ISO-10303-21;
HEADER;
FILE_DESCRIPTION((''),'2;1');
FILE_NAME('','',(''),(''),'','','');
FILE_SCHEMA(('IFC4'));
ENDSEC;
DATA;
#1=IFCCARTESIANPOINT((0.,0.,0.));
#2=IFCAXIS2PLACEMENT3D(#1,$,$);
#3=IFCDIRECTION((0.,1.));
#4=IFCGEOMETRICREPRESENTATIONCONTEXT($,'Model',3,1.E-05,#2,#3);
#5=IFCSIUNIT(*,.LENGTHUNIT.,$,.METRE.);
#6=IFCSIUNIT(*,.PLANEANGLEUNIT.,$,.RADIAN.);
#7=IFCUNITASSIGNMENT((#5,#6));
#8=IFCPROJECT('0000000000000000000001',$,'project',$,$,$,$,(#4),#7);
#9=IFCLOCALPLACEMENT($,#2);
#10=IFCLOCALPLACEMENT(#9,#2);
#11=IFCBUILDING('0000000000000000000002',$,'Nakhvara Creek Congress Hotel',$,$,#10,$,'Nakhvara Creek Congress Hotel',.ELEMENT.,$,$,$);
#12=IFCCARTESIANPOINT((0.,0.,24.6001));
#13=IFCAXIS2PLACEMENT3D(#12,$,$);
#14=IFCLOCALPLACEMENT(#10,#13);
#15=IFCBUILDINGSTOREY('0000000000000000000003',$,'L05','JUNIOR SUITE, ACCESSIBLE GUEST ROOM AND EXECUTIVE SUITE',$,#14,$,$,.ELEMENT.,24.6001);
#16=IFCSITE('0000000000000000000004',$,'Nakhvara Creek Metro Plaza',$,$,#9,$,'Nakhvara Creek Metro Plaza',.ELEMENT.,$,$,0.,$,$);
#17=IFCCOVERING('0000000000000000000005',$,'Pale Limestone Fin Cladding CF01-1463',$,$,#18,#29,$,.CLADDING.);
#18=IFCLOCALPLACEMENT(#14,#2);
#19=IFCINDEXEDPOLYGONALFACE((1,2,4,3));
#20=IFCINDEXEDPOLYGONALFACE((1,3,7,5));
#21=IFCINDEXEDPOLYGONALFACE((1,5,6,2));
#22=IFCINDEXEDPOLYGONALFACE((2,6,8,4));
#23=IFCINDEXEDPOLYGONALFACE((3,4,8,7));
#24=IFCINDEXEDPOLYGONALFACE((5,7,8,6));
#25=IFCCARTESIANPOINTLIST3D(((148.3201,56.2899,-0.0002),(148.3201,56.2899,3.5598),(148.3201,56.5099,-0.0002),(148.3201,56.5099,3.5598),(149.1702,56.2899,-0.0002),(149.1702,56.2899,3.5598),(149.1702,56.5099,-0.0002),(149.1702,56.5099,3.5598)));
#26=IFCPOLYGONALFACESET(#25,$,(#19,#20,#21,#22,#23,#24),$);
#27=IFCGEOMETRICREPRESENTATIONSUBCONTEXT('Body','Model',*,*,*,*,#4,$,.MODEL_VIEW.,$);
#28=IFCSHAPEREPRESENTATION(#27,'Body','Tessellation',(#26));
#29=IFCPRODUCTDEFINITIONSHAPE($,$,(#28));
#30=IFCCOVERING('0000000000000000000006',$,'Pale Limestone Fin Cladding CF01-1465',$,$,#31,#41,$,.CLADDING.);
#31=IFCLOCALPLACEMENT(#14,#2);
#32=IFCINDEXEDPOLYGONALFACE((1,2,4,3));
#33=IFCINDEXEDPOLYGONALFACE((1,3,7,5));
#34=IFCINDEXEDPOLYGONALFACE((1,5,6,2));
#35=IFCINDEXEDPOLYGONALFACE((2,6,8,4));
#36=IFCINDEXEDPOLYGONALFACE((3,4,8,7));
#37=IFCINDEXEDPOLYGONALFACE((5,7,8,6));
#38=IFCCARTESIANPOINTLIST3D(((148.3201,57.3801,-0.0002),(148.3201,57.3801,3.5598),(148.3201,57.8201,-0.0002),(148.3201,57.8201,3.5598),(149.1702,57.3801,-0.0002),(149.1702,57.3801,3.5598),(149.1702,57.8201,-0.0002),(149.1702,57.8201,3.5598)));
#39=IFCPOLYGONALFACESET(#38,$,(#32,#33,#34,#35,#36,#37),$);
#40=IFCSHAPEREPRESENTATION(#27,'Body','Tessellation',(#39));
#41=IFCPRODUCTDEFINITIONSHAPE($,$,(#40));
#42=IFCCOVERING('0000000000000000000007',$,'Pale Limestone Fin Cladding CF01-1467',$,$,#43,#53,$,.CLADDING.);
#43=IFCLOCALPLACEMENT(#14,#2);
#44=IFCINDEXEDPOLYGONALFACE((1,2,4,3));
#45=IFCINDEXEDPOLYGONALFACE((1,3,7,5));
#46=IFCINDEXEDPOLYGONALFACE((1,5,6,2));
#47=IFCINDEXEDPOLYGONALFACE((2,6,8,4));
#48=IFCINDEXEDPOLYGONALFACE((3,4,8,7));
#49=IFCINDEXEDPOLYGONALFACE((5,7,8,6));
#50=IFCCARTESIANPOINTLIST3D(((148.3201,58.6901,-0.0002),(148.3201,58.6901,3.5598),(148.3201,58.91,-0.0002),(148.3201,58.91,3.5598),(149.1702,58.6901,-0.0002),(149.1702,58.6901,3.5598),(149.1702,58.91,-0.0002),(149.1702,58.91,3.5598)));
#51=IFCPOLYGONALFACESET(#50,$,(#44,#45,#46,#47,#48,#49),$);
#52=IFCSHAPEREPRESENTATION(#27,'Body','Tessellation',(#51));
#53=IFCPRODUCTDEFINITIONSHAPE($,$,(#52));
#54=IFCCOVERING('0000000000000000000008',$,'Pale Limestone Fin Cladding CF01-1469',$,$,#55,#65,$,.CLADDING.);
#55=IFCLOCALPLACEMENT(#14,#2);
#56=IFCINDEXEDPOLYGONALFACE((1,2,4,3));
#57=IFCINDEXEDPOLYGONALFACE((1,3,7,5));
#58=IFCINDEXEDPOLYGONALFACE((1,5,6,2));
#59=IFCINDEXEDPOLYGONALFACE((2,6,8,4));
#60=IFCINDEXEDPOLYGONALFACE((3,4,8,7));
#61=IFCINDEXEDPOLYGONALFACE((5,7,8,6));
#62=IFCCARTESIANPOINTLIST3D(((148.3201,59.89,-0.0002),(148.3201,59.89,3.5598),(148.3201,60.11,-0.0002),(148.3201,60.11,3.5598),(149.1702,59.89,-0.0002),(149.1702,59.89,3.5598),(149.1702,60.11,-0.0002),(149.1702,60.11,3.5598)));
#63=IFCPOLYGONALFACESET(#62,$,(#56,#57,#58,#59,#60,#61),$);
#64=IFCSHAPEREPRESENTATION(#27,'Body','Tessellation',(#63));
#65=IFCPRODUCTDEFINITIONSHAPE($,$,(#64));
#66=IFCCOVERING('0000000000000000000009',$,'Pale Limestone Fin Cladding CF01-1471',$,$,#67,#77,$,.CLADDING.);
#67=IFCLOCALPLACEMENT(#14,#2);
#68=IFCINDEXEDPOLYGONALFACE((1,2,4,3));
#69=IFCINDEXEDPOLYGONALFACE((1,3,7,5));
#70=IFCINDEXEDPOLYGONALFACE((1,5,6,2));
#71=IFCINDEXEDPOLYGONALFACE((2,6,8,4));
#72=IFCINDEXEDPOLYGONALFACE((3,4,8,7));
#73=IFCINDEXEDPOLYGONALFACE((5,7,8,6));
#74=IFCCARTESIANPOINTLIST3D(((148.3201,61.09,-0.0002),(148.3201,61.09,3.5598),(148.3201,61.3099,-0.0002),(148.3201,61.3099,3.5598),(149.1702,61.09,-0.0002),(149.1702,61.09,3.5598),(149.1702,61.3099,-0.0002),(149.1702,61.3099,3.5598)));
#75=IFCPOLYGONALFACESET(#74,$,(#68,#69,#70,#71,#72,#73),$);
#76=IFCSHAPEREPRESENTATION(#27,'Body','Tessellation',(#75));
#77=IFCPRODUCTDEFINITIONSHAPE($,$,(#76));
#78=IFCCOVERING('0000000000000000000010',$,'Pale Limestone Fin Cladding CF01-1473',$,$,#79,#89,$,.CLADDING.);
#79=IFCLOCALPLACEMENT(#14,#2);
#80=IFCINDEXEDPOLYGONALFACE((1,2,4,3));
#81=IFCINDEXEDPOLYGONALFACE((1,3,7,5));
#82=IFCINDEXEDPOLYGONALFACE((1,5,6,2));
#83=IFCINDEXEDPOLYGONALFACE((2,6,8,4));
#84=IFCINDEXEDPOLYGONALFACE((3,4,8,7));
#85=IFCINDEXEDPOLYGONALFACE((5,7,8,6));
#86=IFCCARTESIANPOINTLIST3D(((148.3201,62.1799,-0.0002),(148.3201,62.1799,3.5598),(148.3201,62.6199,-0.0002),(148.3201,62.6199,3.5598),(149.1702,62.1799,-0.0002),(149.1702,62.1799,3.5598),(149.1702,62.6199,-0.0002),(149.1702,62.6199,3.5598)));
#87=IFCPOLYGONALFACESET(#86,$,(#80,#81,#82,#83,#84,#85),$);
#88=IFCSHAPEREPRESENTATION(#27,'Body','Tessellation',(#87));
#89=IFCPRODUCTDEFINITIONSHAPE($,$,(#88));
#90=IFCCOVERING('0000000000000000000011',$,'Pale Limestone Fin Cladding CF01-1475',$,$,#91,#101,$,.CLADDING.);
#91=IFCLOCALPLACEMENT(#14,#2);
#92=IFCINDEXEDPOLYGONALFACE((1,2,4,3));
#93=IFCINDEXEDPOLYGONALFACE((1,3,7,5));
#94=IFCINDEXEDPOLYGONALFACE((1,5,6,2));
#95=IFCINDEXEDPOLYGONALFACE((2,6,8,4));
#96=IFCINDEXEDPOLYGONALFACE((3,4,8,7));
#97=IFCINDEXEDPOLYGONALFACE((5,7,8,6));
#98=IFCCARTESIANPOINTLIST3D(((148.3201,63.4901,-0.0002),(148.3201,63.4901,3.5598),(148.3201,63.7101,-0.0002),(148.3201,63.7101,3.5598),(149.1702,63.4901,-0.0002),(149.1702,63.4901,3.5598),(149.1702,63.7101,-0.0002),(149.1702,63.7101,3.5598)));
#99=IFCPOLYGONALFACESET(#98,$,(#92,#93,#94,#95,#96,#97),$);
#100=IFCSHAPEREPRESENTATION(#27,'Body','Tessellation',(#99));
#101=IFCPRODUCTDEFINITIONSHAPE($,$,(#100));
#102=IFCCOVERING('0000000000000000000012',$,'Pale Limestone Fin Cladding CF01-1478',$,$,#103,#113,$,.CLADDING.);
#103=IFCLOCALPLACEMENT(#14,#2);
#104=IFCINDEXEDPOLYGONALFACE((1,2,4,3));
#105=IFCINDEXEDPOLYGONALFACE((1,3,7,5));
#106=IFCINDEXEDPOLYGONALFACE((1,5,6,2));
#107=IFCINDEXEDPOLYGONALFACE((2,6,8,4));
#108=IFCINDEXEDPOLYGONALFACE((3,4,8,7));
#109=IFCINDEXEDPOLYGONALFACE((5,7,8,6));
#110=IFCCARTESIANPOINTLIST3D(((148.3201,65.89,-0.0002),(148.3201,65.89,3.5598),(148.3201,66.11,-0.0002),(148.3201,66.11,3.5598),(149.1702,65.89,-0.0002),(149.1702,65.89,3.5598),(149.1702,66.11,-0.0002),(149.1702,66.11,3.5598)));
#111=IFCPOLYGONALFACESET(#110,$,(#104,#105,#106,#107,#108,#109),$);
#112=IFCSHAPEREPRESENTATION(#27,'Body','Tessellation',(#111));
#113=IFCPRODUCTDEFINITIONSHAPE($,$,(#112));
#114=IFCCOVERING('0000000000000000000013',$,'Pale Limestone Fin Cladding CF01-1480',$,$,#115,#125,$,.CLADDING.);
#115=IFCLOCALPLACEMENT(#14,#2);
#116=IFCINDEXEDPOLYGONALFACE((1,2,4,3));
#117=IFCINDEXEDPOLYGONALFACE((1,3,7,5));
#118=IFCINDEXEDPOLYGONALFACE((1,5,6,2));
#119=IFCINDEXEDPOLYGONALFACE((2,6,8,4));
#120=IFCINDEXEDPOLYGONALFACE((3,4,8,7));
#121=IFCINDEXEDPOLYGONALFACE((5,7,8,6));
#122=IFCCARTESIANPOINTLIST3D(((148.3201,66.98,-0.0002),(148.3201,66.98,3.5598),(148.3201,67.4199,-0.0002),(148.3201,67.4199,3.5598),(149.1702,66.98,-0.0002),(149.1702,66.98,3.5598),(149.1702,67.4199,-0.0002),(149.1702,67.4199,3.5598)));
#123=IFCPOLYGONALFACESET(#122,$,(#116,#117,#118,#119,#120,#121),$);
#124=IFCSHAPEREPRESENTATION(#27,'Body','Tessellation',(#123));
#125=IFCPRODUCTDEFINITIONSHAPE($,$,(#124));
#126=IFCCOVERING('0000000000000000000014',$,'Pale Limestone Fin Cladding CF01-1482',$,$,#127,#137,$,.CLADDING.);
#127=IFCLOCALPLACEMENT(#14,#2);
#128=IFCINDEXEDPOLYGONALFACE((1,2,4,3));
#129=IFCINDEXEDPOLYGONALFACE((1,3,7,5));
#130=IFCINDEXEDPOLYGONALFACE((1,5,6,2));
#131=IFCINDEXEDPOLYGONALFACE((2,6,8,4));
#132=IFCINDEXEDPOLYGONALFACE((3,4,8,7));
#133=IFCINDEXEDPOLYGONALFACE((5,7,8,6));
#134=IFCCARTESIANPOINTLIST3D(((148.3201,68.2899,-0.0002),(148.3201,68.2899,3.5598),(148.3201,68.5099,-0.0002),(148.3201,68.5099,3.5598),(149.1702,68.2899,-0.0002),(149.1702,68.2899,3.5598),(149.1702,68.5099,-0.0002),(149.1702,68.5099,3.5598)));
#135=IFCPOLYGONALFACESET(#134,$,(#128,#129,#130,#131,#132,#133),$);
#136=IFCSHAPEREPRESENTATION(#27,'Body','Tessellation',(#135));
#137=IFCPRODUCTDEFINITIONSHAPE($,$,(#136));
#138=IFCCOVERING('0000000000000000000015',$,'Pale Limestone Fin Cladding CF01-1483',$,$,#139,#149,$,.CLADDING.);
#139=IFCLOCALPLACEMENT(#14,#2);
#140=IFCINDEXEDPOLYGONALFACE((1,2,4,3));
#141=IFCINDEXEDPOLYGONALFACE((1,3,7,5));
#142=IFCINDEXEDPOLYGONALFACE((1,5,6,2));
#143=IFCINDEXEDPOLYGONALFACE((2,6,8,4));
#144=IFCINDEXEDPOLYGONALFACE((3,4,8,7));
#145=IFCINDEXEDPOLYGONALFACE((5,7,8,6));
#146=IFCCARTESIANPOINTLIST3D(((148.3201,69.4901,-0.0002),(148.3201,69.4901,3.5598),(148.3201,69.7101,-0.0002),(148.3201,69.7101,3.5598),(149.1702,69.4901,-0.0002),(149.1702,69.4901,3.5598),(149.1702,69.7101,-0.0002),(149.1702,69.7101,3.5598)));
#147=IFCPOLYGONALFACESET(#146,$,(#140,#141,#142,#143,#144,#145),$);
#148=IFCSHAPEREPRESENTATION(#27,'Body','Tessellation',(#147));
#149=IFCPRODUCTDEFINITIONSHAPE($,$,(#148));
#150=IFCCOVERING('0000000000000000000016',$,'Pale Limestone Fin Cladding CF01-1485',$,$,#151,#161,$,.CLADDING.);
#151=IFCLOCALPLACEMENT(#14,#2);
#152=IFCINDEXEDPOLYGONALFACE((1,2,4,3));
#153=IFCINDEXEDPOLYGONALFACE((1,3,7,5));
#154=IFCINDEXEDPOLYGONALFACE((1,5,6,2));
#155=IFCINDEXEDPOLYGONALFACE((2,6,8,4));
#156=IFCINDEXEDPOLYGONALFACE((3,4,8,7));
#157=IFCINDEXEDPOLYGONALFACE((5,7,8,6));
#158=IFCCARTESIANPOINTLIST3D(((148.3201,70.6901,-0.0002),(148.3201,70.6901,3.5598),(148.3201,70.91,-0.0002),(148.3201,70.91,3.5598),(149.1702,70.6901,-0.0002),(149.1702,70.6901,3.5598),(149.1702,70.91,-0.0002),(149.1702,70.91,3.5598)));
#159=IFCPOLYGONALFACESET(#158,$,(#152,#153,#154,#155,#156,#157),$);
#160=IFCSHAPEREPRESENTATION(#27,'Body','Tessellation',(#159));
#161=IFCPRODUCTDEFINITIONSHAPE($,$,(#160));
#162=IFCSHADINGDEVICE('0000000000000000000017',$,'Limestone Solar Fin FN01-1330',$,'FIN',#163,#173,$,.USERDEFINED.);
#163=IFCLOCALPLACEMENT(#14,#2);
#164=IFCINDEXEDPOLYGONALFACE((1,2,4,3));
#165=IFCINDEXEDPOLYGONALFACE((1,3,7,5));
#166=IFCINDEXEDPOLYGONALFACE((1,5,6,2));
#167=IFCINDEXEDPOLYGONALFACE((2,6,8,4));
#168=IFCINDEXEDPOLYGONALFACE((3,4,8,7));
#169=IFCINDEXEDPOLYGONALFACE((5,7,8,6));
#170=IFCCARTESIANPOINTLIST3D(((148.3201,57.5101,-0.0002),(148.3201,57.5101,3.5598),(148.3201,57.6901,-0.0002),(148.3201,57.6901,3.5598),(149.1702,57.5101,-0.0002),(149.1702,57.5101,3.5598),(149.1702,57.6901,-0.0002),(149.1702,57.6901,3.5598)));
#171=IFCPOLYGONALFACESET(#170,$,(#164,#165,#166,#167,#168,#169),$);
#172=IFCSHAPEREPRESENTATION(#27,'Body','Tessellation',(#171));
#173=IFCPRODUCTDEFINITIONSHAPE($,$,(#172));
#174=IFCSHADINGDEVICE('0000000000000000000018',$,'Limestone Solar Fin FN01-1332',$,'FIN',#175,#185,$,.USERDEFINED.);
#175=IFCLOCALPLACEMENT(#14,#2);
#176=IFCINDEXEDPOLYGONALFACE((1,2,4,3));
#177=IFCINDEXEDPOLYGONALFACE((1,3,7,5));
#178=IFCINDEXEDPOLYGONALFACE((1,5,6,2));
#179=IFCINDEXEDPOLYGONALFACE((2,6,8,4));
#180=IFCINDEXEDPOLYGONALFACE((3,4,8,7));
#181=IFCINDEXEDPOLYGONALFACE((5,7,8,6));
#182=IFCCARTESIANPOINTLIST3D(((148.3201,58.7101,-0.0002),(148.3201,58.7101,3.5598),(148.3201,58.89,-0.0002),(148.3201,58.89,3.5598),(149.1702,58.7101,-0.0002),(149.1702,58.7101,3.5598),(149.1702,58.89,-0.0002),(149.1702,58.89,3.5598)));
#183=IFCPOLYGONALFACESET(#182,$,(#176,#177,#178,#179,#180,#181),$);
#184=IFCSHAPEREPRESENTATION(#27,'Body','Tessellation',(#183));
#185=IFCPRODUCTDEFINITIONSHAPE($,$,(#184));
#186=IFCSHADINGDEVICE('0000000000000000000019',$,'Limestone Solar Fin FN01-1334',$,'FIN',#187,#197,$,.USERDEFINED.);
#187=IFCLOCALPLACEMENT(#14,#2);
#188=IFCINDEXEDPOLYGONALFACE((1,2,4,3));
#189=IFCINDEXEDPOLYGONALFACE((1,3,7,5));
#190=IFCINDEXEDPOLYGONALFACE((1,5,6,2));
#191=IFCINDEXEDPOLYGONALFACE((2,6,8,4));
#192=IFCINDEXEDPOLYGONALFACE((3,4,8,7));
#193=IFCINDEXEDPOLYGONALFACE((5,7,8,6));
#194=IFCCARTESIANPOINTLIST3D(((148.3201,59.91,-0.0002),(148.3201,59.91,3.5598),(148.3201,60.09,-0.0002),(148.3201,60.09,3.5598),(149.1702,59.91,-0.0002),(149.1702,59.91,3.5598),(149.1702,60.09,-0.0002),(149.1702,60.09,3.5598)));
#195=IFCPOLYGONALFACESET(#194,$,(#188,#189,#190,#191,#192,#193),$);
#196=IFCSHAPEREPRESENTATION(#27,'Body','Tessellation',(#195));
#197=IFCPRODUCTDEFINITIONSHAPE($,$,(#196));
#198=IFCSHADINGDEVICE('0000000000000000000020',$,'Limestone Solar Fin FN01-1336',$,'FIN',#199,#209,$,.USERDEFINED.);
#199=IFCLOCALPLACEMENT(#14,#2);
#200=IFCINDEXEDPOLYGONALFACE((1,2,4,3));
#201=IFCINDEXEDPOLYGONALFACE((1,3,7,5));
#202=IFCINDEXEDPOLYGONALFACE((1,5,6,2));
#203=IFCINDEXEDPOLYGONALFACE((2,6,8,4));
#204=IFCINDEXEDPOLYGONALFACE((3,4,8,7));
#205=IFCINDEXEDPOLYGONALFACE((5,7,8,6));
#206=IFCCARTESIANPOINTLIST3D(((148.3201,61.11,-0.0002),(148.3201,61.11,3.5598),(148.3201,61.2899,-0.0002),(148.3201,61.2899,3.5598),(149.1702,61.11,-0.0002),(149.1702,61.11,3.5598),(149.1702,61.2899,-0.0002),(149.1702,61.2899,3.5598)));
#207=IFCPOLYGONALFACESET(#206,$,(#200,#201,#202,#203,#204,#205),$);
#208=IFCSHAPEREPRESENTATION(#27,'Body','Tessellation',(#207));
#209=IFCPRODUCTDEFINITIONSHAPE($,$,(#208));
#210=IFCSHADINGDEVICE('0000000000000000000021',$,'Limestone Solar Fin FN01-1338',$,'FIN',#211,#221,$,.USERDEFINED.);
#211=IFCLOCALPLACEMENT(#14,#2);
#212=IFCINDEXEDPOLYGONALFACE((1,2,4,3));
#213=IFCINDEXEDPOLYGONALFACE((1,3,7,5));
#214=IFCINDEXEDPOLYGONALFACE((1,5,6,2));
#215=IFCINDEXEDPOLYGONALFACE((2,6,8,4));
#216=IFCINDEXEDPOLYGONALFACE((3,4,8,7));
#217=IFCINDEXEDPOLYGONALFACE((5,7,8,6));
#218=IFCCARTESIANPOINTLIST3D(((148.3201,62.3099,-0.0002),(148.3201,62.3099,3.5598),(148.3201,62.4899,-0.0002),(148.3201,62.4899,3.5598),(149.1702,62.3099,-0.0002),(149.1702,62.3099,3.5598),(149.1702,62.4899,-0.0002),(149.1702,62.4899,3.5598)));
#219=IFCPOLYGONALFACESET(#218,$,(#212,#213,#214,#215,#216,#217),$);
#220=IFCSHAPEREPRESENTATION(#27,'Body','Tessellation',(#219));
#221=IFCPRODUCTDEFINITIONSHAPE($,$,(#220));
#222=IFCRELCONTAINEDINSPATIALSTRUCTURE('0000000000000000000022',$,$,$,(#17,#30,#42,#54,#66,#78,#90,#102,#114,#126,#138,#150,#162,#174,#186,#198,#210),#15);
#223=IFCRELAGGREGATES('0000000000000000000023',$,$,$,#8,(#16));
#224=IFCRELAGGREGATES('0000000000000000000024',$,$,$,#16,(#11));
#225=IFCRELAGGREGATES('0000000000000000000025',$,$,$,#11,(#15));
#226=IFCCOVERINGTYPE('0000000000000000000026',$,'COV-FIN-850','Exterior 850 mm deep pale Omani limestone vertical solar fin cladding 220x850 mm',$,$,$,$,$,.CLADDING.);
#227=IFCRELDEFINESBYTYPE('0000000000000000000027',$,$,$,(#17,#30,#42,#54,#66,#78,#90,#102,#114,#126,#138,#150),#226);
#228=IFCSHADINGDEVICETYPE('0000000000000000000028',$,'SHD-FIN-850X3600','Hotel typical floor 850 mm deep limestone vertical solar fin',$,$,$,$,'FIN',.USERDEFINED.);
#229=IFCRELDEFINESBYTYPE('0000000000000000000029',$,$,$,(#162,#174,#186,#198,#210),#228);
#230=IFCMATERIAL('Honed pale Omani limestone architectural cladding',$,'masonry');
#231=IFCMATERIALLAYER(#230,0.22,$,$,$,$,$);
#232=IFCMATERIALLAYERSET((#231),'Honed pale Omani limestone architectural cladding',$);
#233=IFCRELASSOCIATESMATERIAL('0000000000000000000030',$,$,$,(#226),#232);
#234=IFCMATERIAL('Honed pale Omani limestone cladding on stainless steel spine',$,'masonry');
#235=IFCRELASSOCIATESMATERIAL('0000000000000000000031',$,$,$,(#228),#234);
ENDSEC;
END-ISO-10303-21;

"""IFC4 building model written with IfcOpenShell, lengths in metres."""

from ifc_helpers import new_model, si_unit, direction, frame, origin, origin_2d, place, context, subcontext, project, spatial, rectangle, extrude, material, layer, layer_set, type_object, element, save


model = new_model("IFC4")

# Units and contexts
model_context = context("Model", 3, precision=1e-05, world=origin(), true_north=direction((0.0, 1.0)))
body_context = subcontext(model_context, "Body", "Model", "MODEL_VIEW")
ifc_project = project(units=[si_unit("LENGTHUNIT", "METRE"), si_unit("PLANEANGLEUNIT", "RADIAN")], contexts=[model_context])

# Site, building, storey
site_placement = place(None, origin())
site = spatial("IfcSite", under=ifc_project, at=site_placement, Name="Nakhvara Creek Metro Plaza", LongName="Nakhvara Creek Metro Plaza", CompositionType="ELEMENT", RefElevation=0.0)
building_placement = place(site_placement, origin())
building = spatial("IfcBuilding", under=site, at=building_placement, Name="Nakhvara Creek Congress Hotel", LongName="Nakhvara Creek Congress Hotel", CompositionType="ELEMENT")
storey_placement = place(building_placement, frame((0.0, 0.0, 24.6001)))
storey = spatial("IfcBuildingStorey", under=building, at=storey_placement, Name="L05", Description="JUNIOR SUITE, ACCESSIBLE GUEST ROOM AND EXECUTIVE SUITE", CompositionType="ELEMENT", Elevation=24.6001)

# Coverings
ifc_material_1 = material(Name="Honed pale Omani limestone architectural cladding", Category="masonry")
ifc_layer = layer(ifc_material_1, 0.22)
ifc_layer_set = layer_set([ifc_layer], Name="Honed pale Omani limestone architectural cladding")
covering_type = type_object("IfcCoveringType", Name="COV-FIN-850", Description="Exterior 850 mm deep pale Omani limestone vertical solar fin cladding 220x850 mm", PredefinedType="CLADDING", material=ifc_layer_set)
covering_1_placement = place(storey_placement, frame((148.7451, 56.3999, -0.0002), z_axis=(0.0, 0.0, 1.0), x_axis=(0.0, 1.0, 0.0)))
element("IfcCovering", 1, at=covering_1_placement, inside=storey, type_object=covering_type, Name="Pale Limestone Fin Cladding CF01-1463", PredefinedType="CLADDING", context=body_context, shape_type="SweptSolid", body=[
    extrude(rectangle(XDim=0.22, YDim=0.8501, at=origin_2d()), origin(), (0.0, 0.0, 1.0), 3.5601),
])
covering_2_placement = place(storey_placement, frame((148.7451, 57.6001, -0.0002), z_axis=(0.0, 0.0, 1.0), x_axis=(0.0, 1.0, 0.0)))
element("IfcCovering", 2, at=covering_2_placement, inside=storey, type_object=covering_type, Name="Pale Limestone Fin Cladding CF01-1465", PredefinedType="CLADDING", context=body_context, shape_type="SweptSolid", body=[
    extrude(rectangle(XDim=0.4399, YDim=0.8501, at=origin_2d()), origin(), (0.0, 0.0, 1.0), 3.5601),
])
for number, where, z_axis, x_axis, name in (
    (3, (148.7451, 58.8, -0.0002), (0.0, 0.0, 1.0), (0.0, 1.0, 0.0), "Pale Limestone Fin Cladding CF01-1467"),
    (4, (148.7451, 60.0, -0.0002), (0.0, 0.0, 1.0), (0.0, 1.0, 0.0), "Pale Limestone Fin Cladding CF01-1469"),
    (5, (148.7451, 61.2, -0.0002), (0.0, 0.0, 1.0), (0.0, 1.0, 0.0), "Pale Limestone Fin Cladding CF01-1471"),
):
    element("IfcCovering", number, at=place(storey_placement, frame(where, z_axis=z_axis, x_axis=x_axis)), inside=storey, type_object=covering_type, Name=name, PredefinedType="CLADDING", context=body_context, shape_type="SweptSolid", body=[
        extrude(rectangle(XDim=0.22, YDim=0.8501, at=origin_2d()), origin(), (0.0, 0.0, 1.0), 3.5601),
    ])
covering_3_placement = place(storey_placement, frame((148.7451, 62.3999, -0.0002), z_axis=(0.0, 0.0, 1.0), x_axis=(0.0, 1.0, 0.0)))
element("IfcCovering", 6, at=covering_3_placement, inside=storey, type_object=covering_type, Name="Pale Limestone Fin Cladding CF01-1473", PredefinedType="CLADDING", context=body_context, shape_type="SweptSolid", body=[
    extrude(rectangle(XDim=0.4399, YDim=0.8501, at=origin_2d()), origin(), (0.0, 0.0, 1.0), 3.5601),
])
for number, where, z_axis, x_axis, name in (
    (7, (148.7451, 63.6001, -0.0002), (0.0, 0.0, 1.0), (0.0, 1.0, 0.0), "Pale Limestone Fin Cladding CF01-1475"),
    (8, (148.7451, 66.0, -0.0002), (0.0, 0.0, 1.0), (0.0, 1.0, 0.0), "Pale Limestone Fin Cladding CF01-1478"),
):
    element("IfcCovering", number, at=place(storey_placement, frame(where, z_axis=z_axis, x_axis=x_axis)), inside=storey, type_object=covering_type, Name=name, PredefinedType="CLADDING", context=body_context, shape_type="SweptSolid", body=[
        extrude(rectangle(XDim=0.22, YDim=0.8501, at=origin_2d()), origin(), (0.0, 0.0, 1.0), 3.5601),
    ])
covering_4_placement = place(storey_placement, frame((148.7451, 67.2, -0.0002), z_axis=(0.0, 0.0, 1.0), x_axis=(0.0, 1.0, 0.0)))
element("IfcCovering", 9, at=covering_4_placement, inside=storey, type_object=covering_type, Name="Pale Limestone Fin Cladding CF01-1480", PredefinedType="CLADDING", context=body_context, shape_type="SweptSolid", body=[
    extrude(rectangle(XDim=0.4399, YDim=0.8501, at=origin_2d()), origin(), (0.0, 0.0, 1.0), 3.5601),
])
for number, where, z_axis, x_axis, name in (
    (10, (148.7451, 68.3999, -0.0002), (0.0, 0.0, 1.0), (0.0, 1.0, 0.0), "Pale Limestone Fin Cladding CF01-1482"),
    (11, (148.7451, 69.6001, -0.0002), (0.0, 0.0, 1.0), (0.0, 1.0, 0.0), "Pale Limestone Fin Cladding CF01-1483"),
    (12, (148.7451, 70.8, -0.0002), (0.0, 0.0, 1.0), (0.0, 1.0, 0.0), "Pale Limestone Fin Cladding CF01-1485"),
):
    element("IfcCovering", number, at=place(storey_placement, frame(where, z_axis=z_axis, x_axis=x_axis)), inside=storey, type_object=covering_type, Name=name, PredefinedType="CLADDING", context=body_context, shape_type="SweptSolid", body=[
        extrude(rectangle(XDim=0.22, YDim=0.8501, at=origin_2d()), origin(), (0.0, 0.0, 1.0), 3.5601),
    ])

# Shading devices
ifc_material_2 = material(Name="Honed pale Omani limestone cladding on stainless steel spine", Category="masonry")
shading_device_type = type_object("IfcShadingDeviceType", Name="SHD-FIN-850X3600", Description="Hotel typical floor 850 mm deep limestone vertical solar fin", ElementType="FIN", PredefinedType="USERDEFINED", material=ifc_material_2)
for number, where, z_axis, x_axis, name in (
    (13, (148.7451, 57.6001, -0.0002), (0.0, 0.0, 1.0), (0.0, 1.0, 0.0), "Limestone Solar Fin FN01-1330"),
    (14, (148.7451, 58.8, -0.0002), (0.0, 0.0, 1.0), (0.0, 1.0, 0.0), "Limestone Solar Fin FN01-1332"),
    (15, (148.7451, 60.0, -0.0002), (0.0, 0.0, 1.0), (0.0, 1.0, 0.0), "Limestone Solar Fin FN01-1334"),
    (16, (148.7451, 61.2, -0.0002), (0.0, 0.0, 1.0), (0.0, 1.0, 0.0), "Limestone Solar Fin FN01-1336"),
    (17, (148.7451, 62.3999, -0.0002), (0.0, 0.0, 1.0), (0.0, 1.0, 0.0), "Limestone Solar Fin FN01-1338"),
):
    element("IfcShadingDevice", number, at=place(storey_placement, frame(where, z_axis=z_axis, x_axis=x_axis)), inside=storey, type_object=shading_device_type, Name=name, ObjectType="FIN", PredefinedType="USERDEFINED", context=body_context, shape_type="SweptSolid", body=[
        extrude(rectangle(XDim=0.1799, YDim=0.8501, at=origin_2d()), origin(), (0.0, 0.0, 1.0), 3.5601),
    ])

save(model, "model.ifc")
